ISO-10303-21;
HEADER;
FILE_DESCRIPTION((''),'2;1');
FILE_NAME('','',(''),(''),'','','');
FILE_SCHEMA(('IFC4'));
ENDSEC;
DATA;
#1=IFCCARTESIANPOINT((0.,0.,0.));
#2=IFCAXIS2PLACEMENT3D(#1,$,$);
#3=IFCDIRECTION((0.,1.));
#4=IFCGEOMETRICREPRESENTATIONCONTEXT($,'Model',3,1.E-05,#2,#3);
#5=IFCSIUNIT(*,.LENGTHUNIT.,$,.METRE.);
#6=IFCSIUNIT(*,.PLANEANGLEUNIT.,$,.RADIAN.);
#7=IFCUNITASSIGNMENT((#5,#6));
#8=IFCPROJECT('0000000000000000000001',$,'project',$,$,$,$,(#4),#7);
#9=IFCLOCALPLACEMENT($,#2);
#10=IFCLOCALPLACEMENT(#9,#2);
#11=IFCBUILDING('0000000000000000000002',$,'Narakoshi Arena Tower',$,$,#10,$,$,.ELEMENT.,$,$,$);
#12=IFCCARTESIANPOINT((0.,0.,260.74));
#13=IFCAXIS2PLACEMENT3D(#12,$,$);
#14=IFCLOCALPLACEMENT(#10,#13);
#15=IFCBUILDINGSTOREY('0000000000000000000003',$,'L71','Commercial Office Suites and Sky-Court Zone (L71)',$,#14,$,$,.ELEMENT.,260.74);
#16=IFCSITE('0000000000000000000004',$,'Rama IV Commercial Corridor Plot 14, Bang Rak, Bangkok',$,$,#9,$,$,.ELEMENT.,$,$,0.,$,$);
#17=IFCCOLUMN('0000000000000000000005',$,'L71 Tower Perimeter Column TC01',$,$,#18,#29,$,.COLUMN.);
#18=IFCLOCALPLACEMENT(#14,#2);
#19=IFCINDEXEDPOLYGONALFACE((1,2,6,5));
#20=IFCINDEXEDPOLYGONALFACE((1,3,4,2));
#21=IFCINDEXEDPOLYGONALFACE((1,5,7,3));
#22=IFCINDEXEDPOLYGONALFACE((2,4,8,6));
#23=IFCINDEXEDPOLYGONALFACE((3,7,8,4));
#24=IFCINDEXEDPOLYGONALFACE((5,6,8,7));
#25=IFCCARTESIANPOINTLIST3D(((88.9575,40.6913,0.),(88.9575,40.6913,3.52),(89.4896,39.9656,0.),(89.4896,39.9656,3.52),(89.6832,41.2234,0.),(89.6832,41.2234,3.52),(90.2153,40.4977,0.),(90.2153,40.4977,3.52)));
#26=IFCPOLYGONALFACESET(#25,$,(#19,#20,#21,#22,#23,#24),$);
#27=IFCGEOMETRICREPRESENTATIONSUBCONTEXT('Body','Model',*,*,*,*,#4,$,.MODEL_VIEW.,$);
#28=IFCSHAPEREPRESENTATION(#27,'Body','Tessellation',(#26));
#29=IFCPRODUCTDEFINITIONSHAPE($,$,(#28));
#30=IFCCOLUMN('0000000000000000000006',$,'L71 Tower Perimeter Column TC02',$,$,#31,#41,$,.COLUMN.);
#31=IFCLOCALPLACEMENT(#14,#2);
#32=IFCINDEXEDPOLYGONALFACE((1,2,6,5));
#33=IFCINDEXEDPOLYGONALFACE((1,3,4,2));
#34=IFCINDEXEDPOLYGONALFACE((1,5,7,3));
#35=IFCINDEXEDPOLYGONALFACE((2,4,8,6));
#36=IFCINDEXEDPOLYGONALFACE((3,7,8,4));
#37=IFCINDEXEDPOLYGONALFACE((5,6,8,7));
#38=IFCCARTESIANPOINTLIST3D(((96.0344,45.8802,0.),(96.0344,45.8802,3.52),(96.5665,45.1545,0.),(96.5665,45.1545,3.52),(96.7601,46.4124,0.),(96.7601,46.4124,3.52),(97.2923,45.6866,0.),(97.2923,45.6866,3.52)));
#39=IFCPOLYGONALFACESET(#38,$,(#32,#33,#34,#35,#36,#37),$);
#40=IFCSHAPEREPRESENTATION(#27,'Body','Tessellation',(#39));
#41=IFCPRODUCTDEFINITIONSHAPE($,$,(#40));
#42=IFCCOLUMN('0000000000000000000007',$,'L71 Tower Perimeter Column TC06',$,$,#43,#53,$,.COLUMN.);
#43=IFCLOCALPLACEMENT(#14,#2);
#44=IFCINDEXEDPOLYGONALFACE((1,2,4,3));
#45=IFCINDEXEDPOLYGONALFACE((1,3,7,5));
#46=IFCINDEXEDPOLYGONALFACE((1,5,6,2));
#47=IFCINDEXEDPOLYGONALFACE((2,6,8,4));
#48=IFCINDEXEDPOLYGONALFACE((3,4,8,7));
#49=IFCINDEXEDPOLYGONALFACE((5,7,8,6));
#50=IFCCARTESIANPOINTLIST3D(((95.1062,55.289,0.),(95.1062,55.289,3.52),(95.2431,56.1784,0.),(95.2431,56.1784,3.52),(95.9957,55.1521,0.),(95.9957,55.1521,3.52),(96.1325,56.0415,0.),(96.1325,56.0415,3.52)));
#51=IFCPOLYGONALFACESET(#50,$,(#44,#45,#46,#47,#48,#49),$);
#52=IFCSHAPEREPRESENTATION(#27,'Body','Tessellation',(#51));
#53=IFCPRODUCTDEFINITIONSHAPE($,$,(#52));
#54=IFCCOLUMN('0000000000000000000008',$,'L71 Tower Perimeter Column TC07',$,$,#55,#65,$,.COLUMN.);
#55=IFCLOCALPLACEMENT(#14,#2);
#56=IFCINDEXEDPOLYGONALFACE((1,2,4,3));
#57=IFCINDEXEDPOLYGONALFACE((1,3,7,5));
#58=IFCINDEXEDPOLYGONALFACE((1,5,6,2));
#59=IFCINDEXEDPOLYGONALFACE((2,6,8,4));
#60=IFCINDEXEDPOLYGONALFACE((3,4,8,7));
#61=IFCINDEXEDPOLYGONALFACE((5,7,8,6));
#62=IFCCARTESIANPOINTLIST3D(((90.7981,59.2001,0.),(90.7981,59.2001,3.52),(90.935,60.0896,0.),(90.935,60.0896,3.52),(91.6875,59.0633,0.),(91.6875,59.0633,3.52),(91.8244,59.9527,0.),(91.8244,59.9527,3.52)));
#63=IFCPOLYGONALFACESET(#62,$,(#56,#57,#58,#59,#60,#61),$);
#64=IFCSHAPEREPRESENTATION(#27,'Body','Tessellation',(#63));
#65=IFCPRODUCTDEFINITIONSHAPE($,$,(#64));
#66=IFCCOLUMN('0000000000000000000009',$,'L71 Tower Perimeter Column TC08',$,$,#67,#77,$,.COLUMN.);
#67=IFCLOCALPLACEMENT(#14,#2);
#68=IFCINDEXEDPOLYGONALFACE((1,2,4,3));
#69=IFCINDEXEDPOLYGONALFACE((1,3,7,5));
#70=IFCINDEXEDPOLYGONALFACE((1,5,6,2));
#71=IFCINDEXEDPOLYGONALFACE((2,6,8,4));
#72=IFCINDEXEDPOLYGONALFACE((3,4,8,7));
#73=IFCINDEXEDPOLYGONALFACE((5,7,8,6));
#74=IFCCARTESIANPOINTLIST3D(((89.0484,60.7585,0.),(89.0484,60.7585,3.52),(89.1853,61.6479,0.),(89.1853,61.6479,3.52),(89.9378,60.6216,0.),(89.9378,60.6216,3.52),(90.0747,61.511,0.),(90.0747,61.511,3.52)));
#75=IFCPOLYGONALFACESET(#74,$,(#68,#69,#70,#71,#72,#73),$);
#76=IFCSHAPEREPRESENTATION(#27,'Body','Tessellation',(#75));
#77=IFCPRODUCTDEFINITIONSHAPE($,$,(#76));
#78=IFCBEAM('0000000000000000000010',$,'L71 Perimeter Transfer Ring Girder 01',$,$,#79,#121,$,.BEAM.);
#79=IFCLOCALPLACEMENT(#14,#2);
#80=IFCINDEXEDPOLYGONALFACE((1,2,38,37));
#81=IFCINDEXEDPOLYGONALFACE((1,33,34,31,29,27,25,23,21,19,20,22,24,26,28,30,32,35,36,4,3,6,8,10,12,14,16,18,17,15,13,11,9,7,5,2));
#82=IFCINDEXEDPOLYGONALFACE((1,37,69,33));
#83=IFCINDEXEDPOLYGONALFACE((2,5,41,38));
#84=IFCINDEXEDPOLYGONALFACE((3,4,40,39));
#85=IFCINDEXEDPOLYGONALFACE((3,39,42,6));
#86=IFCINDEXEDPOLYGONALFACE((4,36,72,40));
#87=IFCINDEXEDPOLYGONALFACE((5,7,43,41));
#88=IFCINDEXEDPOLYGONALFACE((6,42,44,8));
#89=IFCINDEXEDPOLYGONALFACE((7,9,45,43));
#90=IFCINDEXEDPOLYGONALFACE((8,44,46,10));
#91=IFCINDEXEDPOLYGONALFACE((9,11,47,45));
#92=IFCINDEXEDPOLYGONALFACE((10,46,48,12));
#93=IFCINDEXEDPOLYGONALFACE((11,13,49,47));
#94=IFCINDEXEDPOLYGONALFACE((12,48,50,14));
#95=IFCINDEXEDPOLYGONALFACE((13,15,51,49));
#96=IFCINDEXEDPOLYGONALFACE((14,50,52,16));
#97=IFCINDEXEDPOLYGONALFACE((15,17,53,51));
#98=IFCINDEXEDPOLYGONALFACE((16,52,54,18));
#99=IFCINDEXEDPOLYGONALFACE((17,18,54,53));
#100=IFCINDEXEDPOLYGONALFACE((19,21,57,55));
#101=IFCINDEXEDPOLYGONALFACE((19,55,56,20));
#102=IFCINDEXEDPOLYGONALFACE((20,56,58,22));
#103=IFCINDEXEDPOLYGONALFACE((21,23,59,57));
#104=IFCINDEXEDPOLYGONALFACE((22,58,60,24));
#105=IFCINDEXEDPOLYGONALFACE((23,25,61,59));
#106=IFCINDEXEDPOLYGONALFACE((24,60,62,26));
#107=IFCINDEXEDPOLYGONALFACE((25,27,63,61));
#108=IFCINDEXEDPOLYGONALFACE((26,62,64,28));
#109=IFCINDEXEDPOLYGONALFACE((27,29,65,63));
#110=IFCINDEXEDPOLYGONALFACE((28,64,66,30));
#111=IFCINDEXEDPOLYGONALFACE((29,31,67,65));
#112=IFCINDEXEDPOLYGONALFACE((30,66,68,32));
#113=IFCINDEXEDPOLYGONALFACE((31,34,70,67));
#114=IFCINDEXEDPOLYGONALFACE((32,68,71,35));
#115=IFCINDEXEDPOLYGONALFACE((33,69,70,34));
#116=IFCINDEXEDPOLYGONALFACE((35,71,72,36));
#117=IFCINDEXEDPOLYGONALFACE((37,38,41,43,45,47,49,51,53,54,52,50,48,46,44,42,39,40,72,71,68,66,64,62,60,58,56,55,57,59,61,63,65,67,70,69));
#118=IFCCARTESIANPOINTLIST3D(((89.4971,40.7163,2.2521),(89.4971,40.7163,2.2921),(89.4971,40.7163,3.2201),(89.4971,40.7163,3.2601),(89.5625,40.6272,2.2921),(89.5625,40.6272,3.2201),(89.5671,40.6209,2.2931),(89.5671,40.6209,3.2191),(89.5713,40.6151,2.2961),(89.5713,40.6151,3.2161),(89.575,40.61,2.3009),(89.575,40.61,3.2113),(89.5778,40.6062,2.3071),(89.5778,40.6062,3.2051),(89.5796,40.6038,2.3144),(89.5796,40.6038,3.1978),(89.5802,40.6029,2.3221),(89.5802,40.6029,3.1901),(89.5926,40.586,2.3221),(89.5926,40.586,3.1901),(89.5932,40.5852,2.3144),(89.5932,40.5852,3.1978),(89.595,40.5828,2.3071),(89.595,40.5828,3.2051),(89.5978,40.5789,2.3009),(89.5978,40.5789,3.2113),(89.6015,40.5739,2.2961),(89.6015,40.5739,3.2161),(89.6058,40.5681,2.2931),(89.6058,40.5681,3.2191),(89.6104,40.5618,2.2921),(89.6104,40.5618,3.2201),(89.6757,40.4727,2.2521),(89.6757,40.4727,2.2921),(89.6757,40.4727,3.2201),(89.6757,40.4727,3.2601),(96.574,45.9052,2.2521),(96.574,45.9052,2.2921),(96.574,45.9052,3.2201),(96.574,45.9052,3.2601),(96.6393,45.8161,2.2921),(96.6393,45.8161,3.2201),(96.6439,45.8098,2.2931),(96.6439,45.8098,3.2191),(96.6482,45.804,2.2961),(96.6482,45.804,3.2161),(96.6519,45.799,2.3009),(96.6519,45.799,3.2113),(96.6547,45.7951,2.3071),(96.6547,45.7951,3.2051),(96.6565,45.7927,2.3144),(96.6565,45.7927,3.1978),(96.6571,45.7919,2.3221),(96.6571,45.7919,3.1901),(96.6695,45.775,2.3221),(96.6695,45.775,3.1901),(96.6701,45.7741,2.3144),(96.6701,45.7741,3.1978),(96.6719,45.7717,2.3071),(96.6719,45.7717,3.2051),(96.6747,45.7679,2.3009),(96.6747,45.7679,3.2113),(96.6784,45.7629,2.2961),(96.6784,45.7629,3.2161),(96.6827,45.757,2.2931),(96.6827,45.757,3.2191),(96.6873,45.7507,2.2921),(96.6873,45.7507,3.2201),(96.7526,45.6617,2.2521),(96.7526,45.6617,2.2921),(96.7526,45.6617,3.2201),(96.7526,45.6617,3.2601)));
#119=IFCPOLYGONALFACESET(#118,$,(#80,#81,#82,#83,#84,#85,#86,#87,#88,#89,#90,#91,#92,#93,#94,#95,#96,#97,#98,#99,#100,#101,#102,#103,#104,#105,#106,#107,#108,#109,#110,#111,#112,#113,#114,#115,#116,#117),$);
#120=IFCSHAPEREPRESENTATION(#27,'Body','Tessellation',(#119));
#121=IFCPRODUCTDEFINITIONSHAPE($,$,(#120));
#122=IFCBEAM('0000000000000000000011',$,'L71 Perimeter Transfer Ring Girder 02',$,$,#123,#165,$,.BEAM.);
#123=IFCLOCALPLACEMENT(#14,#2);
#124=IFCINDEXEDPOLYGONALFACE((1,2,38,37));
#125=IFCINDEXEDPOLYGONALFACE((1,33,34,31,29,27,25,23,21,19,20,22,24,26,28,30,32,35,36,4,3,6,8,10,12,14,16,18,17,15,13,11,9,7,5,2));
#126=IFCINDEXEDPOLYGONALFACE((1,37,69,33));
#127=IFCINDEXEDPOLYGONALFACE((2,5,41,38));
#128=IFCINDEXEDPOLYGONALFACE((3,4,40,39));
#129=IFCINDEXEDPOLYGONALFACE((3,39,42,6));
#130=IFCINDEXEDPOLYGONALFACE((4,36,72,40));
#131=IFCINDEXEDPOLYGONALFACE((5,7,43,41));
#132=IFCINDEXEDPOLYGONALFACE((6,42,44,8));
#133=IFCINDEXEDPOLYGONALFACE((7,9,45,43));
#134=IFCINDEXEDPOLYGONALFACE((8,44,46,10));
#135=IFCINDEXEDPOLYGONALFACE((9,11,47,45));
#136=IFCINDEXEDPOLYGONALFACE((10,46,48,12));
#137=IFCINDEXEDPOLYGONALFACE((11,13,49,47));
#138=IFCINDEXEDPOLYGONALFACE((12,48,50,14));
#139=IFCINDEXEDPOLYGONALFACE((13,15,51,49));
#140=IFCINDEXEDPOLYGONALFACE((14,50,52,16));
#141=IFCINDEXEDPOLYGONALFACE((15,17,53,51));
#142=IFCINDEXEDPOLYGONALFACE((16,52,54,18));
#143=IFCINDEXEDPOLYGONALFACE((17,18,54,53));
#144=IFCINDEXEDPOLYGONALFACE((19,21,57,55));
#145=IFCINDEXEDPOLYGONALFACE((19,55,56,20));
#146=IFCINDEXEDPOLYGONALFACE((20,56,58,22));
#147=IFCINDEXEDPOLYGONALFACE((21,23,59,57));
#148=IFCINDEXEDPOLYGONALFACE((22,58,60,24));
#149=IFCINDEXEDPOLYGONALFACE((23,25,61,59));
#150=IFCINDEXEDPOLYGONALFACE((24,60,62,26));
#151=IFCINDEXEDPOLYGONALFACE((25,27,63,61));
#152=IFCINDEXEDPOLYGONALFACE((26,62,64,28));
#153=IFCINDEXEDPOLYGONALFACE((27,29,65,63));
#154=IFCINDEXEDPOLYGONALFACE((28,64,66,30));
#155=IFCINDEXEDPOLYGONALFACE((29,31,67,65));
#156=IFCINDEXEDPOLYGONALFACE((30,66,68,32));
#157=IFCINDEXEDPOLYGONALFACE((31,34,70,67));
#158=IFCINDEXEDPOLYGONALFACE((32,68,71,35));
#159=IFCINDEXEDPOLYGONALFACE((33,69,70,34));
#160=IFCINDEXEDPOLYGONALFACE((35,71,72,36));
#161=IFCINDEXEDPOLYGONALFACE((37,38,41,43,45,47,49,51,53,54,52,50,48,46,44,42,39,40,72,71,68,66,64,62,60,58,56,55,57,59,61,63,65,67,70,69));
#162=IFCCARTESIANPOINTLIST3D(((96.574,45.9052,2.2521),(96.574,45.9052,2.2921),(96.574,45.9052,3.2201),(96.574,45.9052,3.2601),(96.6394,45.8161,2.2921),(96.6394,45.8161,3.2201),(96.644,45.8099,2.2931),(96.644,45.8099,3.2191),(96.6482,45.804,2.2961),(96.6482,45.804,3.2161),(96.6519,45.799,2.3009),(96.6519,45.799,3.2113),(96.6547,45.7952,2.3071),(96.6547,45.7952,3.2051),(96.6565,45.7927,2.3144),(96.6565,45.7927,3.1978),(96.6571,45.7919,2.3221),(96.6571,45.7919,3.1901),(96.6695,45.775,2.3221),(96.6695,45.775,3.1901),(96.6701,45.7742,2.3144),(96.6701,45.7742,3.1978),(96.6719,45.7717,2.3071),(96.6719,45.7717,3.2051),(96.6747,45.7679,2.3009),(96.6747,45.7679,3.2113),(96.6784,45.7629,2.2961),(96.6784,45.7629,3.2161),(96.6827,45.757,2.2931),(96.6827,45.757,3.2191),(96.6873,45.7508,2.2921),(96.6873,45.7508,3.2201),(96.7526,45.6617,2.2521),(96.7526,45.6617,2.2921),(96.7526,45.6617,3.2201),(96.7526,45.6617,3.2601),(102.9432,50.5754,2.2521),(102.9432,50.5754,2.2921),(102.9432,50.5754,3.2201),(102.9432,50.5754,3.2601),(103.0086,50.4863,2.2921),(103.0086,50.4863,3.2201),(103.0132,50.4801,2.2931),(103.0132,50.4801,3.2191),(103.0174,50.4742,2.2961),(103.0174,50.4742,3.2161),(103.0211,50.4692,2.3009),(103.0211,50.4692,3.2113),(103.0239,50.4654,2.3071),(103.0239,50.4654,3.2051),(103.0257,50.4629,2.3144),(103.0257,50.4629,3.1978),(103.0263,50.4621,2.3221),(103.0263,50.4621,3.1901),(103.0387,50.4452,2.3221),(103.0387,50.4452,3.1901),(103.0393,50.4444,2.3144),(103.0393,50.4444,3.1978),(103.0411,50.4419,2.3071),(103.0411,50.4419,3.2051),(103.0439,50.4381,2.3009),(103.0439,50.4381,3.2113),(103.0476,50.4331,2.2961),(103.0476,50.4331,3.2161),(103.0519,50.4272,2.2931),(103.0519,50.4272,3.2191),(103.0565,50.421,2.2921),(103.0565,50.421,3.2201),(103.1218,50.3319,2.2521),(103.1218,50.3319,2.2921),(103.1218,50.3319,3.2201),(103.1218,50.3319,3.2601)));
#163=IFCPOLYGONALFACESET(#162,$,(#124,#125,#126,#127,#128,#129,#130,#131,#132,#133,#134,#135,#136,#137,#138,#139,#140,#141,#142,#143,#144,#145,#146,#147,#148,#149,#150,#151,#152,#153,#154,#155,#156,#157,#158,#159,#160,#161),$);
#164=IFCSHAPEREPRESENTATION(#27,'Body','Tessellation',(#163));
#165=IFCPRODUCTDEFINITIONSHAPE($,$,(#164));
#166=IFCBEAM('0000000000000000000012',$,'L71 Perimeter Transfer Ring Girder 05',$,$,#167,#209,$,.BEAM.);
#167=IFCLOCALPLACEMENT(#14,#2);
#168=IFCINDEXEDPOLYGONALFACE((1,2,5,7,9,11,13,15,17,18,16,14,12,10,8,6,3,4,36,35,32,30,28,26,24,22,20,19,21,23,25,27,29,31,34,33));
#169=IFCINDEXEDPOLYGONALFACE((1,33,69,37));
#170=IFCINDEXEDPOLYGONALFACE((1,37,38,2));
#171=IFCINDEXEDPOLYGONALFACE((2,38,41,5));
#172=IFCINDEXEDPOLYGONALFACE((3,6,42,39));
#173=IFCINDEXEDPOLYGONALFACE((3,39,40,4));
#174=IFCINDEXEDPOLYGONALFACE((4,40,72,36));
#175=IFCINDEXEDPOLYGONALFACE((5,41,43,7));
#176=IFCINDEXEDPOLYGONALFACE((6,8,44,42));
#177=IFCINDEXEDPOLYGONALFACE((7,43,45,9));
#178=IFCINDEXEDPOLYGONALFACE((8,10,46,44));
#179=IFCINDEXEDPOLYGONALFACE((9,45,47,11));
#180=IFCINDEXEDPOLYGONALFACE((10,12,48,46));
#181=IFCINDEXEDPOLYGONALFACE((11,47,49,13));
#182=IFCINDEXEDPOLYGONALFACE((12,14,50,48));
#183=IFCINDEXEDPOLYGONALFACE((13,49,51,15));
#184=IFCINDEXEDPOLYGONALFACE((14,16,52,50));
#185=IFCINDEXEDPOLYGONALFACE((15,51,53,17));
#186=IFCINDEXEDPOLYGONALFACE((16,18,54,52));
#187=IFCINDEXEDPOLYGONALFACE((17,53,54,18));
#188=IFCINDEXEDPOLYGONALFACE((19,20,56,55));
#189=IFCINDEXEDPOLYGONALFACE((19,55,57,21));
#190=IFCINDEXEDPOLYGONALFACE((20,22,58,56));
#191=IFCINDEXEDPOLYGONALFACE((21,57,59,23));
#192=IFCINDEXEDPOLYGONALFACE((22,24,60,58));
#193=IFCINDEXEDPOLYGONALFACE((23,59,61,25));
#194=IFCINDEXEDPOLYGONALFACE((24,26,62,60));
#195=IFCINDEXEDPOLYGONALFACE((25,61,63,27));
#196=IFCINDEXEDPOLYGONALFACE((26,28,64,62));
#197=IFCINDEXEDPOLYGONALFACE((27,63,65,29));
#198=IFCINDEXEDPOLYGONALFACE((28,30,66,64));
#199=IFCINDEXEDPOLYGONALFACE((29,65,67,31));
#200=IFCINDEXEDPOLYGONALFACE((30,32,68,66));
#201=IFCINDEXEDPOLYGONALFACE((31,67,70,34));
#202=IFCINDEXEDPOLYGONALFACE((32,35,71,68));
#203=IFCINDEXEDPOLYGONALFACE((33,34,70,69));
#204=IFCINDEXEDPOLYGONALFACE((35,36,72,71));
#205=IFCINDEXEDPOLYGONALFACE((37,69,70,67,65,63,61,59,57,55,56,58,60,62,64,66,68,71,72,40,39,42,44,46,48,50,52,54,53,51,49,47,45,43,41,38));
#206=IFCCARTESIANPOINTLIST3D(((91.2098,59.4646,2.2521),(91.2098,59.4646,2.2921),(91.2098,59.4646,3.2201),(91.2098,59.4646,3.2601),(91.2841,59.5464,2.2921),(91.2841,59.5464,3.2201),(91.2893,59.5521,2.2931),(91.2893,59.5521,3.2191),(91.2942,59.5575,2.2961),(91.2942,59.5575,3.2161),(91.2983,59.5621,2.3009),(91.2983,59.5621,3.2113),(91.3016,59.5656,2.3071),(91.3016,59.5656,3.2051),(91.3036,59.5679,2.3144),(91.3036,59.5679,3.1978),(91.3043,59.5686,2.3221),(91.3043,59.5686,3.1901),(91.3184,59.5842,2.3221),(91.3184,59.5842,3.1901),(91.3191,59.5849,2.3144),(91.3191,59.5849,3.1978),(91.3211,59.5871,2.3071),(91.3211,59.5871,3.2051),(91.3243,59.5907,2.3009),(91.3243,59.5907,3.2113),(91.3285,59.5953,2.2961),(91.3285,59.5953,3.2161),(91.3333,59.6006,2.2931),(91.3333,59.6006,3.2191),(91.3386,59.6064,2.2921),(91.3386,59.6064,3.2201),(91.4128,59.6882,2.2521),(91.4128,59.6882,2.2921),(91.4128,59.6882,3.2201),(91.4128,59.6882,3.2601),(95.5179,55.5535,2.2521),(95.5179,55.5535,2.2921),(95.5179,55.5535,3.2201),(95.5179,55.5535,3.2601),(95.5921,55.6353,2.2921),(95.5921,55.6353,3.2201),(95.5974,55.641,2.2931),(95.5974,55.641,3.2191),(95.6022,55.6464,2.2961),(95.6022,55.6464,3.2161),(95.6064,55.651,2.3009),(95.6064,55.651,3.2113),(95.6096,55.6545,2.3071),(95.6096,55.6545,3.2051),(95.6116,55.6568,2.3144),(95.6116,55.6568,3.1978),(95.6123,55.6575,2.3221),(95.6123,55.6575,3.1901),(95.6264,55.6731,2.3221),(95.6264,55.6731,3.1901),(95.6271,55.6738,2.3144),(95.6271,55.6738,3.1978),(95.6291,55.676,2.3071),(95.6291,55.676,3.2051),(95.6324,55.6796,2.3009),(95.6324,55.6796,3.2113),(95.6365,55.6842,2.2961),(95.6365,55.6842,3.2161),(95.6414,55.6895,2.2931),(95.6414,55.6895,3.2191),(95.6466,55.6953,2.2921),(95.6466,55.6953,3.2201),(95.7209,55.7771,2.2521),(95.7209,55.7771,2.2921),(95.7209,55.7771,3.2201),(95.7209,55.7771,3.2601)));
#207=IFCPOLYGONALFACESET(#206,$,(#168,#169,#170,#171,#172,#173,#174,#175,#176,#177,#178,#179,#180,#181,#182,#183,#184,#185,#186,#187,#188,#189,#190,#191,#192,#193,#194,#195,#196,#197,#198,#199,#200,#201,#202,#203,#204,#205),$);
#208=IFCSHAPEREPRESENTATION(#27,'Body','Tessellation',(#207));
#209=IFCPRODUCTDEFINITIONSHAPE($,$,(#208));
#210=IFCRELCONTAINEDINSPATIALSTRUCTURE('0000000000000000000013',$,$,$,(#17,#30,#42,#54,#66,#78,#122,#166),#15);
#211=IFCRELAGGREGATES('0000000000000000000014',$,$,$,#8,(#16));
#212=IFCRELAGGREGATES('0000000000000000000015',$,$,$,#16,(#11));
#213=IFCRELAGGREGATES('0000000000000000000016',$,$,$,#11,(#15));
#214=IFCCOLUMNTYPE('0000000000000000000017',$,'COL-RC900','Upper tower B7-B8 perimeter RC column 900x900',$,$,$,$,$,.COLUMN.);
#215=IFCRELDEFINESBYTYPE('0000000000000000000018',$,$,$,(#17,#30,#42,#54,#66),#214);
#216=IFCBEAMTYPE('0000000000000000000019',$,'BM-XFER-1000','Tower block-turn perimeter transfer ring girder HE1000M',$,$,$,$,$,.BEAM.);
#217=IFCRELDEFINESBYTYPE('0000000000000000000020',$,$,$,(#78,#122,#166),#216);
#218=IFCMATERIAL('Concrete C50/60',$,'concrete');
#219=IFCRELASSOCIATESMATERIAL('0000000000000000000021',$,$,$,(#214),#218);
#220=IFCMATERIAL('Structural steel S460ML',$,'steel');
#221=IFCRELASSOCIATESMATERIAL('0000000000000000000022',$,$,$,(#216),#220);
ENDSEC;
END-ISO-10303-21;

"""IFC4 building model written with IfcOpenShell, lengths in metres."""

from ifc_helpers import new_model, si_unit, direction, frame, origin, origin_2d, place, context, subcontext, project, spatial, rectangle, i_section, extrude, material, material_profile, profile_set, type_object, element, save


model = new_model("IFC4")

# Units and contexts
model_context = context("Model", 3, precision=1e-05, world=origin(), true_north=direction((0.0, 1.0)))
body_context = subcontext(model_context, "Body", "Model", "MODEL_VIEW")
ifc_project = project(units=[si_unit("LENGTHUNIT", "METRE"), si_unit("PLANEANGLEUNIT", "RADIAN")], contexts=[model_context])

# Site, building, storey
site_placement = place(None, origin())
site = spatial("IfcSite", under=ifc_project, at=site_placement, Name="Rama IV Commercial Corridor Plot 14, Bang Rak, Bangkok", CompositionType="ELEMENT", RefElevation=0.0)
building_placement = place(site_placement, origin())
building = spatial("IfcBuilding", under=site, at=building_placement, Name="Narakoshi Arena Tower", CompositionType="ELEMENT")
storey_placement = place(building_placement, frame((0.0, 0.0, 260.74)))
storey = spatial("IfcBuildingStorey", under=building, at=storey_placement, Name="L71", Description="Commercial Office Suites and Sky-Court Zone (L71)", CompositionType="ELEMENT", Elevation=260.74)

# Columns
ifc_material_1 = material(Name="Concrete C50/60", Category="concrete")
ifc_material_profile_1 = material_profile(ifc_material_1, rectangle(XDim=0.8999, YDim=0.8999, at=origin_2d()), Name="RC900x900")
ifc_profile_set_1 = profile_set([ifc_material_profile_1], Name="Concrete C50/60")
column_type = type_object("IfcColumnType", Name="COL-RC900", Description="Upper tower B7-B8 perimeter RC column 900x900", PredefinedType="COLUMN", material=ifc_profile_set_1)
for number, where, z_axis, x_axis, name in (
    (1, (89.5864, 40.5945, 0.0), (0.0, 0.0, 1.0), (0.806445, 0.59131, 0.0), "L71 Tower Perimeter Column TC01"),
    (2, (96.6633, 45.7834, 0.0), (0.0, 0.0, 1.0), (0.806445, 0.59131, 0.0), "L71 Tower Perimeter Column TC02"),
    (3, (95.6194, 55.6653, 0.0), (0.0, 0.0, 1.0), (0.152123, 0.988362, 0.0), "L71 Tower Perimeter Column TC06"),
    (4, (91.3113, 59.5764, 0.0), (0.0, 0.0, 1.0), (0.152123, 0.988362, 0.0), "L71 Tower Perimeter Column TC07"),
    (5, (89.5615, 61.1348, 0.0), (0.0, 0.0, 1.0), (0.152123, 0.988362, 0.0), "L71 Tower Perimeter Column TC08"),
):
    element("IfcColumn", number, at=place(storey_placement, frame(where, z_axis=z_axis, x_axis=x_axis)), inside=storey, type_object=column_type, Name=name, PredefinedType="COLUMN", context=body_context, shape_type="SweptSolid", body=[
        extrude(rectangle(XDim=0.8999, YDim=0.8999, at=origin_2d()), origin(), (0.0, 0.0, 1.0), 3.52),
    ])

# Beams
ifc_material_2 = material(Name="Structural steel S460ML", Category="steel")
ifc_material_profile_2 = material_profile(ifc_material_2, i_section(OverallWidth=0.302, OverallDepth=1.0081, WebThickness=0.021, FlangeThickness=0.04, FilletRadius=0.03, at=origin_2d()), Name="HE1000M")
ifc_profile_set_2 = profile_set([ifc_material_profile_2], Name="Structural steel S460ML")
beam_type = type_object("IfcBeamType", Name="BM-XFER-1000", Description="Tower block-turn perimeter transfer ring girder HE1000M", PredefinedType="BEAM", material=ifc_profile_set_2)
beam_1_placement = place(storey_placement, frame((89.5864, 40.5945, 2.7561), z_axis=(0.806447, 0.591307, 0.0), x_axis=(-0.591307, 0.806447, 0.0)))
element("IfcBeam", 6, at=beam_1_placement, inside=storey, type_object=beam_type, Name="L71 Perimeter Transfer Ring Girder 01", PredefinedType="BEAM", context=body_context, shape_type="SweptSolid", body=[
    extrude(i_section(OverallWidth=0.302, OverallDepth=1.0081, WebThickness=0.021, FlangeThickness=0.04, FilletRadius=0.03, at=origin_2d()), origin(), (0.0, 0.0, 1.0), 8.7754),
])
beam_2_placement = place(storey_placement, frame((96.6633, 45.7834, 2.7561), z_axis=(0.806437, 0.591319, 0.0), x_axis=(-0.591319, 0.806437, 0.0)))
element("IfcBeam", 7, at=beam_2_placement, inside=storey, type_object=beam_type, Name="L71 Perimeter Transfer Ring Girder 02", PredefinedType="BEAM", context=body_context, shape_type="SweptSolid", body=[
    extrude(i_section(OverallWidth=0.302, OverallDepth=1.0081, WebThickness=0.021, FlangeThickness=0.04, FilletRadius=0.03, at=origin_2d()), origin(), (0.0, 0.0, 1.0), 7.8979),
])
beam_3_placement = place(storey_placement, frame((95.6194, 55.6653, 2.7561), z_axis=(-0.740396, 0.672171, 0.0), x_axis=(-0.672171, -0.740396, 0.0)))
element("IfcBeam", 8, at=beam_3_placement, inside=storey, type_object=beam_type, Name="L71 Perimeter Transfer Ring Girder 05", PredefinedType="BEAM", context=body_context, shape_type="SweptSolid", body=[
    extrude(i_section(OverallWidth=0.302, OverallDepth=1.0081, WebThickness=0.021, FlangeThickness=0.04, FilletRadius=0.03, at=origin_2d()), origin(), (0.0, 0.0, 1.0), 5.8186),
])

save(model, "model.ifc")
